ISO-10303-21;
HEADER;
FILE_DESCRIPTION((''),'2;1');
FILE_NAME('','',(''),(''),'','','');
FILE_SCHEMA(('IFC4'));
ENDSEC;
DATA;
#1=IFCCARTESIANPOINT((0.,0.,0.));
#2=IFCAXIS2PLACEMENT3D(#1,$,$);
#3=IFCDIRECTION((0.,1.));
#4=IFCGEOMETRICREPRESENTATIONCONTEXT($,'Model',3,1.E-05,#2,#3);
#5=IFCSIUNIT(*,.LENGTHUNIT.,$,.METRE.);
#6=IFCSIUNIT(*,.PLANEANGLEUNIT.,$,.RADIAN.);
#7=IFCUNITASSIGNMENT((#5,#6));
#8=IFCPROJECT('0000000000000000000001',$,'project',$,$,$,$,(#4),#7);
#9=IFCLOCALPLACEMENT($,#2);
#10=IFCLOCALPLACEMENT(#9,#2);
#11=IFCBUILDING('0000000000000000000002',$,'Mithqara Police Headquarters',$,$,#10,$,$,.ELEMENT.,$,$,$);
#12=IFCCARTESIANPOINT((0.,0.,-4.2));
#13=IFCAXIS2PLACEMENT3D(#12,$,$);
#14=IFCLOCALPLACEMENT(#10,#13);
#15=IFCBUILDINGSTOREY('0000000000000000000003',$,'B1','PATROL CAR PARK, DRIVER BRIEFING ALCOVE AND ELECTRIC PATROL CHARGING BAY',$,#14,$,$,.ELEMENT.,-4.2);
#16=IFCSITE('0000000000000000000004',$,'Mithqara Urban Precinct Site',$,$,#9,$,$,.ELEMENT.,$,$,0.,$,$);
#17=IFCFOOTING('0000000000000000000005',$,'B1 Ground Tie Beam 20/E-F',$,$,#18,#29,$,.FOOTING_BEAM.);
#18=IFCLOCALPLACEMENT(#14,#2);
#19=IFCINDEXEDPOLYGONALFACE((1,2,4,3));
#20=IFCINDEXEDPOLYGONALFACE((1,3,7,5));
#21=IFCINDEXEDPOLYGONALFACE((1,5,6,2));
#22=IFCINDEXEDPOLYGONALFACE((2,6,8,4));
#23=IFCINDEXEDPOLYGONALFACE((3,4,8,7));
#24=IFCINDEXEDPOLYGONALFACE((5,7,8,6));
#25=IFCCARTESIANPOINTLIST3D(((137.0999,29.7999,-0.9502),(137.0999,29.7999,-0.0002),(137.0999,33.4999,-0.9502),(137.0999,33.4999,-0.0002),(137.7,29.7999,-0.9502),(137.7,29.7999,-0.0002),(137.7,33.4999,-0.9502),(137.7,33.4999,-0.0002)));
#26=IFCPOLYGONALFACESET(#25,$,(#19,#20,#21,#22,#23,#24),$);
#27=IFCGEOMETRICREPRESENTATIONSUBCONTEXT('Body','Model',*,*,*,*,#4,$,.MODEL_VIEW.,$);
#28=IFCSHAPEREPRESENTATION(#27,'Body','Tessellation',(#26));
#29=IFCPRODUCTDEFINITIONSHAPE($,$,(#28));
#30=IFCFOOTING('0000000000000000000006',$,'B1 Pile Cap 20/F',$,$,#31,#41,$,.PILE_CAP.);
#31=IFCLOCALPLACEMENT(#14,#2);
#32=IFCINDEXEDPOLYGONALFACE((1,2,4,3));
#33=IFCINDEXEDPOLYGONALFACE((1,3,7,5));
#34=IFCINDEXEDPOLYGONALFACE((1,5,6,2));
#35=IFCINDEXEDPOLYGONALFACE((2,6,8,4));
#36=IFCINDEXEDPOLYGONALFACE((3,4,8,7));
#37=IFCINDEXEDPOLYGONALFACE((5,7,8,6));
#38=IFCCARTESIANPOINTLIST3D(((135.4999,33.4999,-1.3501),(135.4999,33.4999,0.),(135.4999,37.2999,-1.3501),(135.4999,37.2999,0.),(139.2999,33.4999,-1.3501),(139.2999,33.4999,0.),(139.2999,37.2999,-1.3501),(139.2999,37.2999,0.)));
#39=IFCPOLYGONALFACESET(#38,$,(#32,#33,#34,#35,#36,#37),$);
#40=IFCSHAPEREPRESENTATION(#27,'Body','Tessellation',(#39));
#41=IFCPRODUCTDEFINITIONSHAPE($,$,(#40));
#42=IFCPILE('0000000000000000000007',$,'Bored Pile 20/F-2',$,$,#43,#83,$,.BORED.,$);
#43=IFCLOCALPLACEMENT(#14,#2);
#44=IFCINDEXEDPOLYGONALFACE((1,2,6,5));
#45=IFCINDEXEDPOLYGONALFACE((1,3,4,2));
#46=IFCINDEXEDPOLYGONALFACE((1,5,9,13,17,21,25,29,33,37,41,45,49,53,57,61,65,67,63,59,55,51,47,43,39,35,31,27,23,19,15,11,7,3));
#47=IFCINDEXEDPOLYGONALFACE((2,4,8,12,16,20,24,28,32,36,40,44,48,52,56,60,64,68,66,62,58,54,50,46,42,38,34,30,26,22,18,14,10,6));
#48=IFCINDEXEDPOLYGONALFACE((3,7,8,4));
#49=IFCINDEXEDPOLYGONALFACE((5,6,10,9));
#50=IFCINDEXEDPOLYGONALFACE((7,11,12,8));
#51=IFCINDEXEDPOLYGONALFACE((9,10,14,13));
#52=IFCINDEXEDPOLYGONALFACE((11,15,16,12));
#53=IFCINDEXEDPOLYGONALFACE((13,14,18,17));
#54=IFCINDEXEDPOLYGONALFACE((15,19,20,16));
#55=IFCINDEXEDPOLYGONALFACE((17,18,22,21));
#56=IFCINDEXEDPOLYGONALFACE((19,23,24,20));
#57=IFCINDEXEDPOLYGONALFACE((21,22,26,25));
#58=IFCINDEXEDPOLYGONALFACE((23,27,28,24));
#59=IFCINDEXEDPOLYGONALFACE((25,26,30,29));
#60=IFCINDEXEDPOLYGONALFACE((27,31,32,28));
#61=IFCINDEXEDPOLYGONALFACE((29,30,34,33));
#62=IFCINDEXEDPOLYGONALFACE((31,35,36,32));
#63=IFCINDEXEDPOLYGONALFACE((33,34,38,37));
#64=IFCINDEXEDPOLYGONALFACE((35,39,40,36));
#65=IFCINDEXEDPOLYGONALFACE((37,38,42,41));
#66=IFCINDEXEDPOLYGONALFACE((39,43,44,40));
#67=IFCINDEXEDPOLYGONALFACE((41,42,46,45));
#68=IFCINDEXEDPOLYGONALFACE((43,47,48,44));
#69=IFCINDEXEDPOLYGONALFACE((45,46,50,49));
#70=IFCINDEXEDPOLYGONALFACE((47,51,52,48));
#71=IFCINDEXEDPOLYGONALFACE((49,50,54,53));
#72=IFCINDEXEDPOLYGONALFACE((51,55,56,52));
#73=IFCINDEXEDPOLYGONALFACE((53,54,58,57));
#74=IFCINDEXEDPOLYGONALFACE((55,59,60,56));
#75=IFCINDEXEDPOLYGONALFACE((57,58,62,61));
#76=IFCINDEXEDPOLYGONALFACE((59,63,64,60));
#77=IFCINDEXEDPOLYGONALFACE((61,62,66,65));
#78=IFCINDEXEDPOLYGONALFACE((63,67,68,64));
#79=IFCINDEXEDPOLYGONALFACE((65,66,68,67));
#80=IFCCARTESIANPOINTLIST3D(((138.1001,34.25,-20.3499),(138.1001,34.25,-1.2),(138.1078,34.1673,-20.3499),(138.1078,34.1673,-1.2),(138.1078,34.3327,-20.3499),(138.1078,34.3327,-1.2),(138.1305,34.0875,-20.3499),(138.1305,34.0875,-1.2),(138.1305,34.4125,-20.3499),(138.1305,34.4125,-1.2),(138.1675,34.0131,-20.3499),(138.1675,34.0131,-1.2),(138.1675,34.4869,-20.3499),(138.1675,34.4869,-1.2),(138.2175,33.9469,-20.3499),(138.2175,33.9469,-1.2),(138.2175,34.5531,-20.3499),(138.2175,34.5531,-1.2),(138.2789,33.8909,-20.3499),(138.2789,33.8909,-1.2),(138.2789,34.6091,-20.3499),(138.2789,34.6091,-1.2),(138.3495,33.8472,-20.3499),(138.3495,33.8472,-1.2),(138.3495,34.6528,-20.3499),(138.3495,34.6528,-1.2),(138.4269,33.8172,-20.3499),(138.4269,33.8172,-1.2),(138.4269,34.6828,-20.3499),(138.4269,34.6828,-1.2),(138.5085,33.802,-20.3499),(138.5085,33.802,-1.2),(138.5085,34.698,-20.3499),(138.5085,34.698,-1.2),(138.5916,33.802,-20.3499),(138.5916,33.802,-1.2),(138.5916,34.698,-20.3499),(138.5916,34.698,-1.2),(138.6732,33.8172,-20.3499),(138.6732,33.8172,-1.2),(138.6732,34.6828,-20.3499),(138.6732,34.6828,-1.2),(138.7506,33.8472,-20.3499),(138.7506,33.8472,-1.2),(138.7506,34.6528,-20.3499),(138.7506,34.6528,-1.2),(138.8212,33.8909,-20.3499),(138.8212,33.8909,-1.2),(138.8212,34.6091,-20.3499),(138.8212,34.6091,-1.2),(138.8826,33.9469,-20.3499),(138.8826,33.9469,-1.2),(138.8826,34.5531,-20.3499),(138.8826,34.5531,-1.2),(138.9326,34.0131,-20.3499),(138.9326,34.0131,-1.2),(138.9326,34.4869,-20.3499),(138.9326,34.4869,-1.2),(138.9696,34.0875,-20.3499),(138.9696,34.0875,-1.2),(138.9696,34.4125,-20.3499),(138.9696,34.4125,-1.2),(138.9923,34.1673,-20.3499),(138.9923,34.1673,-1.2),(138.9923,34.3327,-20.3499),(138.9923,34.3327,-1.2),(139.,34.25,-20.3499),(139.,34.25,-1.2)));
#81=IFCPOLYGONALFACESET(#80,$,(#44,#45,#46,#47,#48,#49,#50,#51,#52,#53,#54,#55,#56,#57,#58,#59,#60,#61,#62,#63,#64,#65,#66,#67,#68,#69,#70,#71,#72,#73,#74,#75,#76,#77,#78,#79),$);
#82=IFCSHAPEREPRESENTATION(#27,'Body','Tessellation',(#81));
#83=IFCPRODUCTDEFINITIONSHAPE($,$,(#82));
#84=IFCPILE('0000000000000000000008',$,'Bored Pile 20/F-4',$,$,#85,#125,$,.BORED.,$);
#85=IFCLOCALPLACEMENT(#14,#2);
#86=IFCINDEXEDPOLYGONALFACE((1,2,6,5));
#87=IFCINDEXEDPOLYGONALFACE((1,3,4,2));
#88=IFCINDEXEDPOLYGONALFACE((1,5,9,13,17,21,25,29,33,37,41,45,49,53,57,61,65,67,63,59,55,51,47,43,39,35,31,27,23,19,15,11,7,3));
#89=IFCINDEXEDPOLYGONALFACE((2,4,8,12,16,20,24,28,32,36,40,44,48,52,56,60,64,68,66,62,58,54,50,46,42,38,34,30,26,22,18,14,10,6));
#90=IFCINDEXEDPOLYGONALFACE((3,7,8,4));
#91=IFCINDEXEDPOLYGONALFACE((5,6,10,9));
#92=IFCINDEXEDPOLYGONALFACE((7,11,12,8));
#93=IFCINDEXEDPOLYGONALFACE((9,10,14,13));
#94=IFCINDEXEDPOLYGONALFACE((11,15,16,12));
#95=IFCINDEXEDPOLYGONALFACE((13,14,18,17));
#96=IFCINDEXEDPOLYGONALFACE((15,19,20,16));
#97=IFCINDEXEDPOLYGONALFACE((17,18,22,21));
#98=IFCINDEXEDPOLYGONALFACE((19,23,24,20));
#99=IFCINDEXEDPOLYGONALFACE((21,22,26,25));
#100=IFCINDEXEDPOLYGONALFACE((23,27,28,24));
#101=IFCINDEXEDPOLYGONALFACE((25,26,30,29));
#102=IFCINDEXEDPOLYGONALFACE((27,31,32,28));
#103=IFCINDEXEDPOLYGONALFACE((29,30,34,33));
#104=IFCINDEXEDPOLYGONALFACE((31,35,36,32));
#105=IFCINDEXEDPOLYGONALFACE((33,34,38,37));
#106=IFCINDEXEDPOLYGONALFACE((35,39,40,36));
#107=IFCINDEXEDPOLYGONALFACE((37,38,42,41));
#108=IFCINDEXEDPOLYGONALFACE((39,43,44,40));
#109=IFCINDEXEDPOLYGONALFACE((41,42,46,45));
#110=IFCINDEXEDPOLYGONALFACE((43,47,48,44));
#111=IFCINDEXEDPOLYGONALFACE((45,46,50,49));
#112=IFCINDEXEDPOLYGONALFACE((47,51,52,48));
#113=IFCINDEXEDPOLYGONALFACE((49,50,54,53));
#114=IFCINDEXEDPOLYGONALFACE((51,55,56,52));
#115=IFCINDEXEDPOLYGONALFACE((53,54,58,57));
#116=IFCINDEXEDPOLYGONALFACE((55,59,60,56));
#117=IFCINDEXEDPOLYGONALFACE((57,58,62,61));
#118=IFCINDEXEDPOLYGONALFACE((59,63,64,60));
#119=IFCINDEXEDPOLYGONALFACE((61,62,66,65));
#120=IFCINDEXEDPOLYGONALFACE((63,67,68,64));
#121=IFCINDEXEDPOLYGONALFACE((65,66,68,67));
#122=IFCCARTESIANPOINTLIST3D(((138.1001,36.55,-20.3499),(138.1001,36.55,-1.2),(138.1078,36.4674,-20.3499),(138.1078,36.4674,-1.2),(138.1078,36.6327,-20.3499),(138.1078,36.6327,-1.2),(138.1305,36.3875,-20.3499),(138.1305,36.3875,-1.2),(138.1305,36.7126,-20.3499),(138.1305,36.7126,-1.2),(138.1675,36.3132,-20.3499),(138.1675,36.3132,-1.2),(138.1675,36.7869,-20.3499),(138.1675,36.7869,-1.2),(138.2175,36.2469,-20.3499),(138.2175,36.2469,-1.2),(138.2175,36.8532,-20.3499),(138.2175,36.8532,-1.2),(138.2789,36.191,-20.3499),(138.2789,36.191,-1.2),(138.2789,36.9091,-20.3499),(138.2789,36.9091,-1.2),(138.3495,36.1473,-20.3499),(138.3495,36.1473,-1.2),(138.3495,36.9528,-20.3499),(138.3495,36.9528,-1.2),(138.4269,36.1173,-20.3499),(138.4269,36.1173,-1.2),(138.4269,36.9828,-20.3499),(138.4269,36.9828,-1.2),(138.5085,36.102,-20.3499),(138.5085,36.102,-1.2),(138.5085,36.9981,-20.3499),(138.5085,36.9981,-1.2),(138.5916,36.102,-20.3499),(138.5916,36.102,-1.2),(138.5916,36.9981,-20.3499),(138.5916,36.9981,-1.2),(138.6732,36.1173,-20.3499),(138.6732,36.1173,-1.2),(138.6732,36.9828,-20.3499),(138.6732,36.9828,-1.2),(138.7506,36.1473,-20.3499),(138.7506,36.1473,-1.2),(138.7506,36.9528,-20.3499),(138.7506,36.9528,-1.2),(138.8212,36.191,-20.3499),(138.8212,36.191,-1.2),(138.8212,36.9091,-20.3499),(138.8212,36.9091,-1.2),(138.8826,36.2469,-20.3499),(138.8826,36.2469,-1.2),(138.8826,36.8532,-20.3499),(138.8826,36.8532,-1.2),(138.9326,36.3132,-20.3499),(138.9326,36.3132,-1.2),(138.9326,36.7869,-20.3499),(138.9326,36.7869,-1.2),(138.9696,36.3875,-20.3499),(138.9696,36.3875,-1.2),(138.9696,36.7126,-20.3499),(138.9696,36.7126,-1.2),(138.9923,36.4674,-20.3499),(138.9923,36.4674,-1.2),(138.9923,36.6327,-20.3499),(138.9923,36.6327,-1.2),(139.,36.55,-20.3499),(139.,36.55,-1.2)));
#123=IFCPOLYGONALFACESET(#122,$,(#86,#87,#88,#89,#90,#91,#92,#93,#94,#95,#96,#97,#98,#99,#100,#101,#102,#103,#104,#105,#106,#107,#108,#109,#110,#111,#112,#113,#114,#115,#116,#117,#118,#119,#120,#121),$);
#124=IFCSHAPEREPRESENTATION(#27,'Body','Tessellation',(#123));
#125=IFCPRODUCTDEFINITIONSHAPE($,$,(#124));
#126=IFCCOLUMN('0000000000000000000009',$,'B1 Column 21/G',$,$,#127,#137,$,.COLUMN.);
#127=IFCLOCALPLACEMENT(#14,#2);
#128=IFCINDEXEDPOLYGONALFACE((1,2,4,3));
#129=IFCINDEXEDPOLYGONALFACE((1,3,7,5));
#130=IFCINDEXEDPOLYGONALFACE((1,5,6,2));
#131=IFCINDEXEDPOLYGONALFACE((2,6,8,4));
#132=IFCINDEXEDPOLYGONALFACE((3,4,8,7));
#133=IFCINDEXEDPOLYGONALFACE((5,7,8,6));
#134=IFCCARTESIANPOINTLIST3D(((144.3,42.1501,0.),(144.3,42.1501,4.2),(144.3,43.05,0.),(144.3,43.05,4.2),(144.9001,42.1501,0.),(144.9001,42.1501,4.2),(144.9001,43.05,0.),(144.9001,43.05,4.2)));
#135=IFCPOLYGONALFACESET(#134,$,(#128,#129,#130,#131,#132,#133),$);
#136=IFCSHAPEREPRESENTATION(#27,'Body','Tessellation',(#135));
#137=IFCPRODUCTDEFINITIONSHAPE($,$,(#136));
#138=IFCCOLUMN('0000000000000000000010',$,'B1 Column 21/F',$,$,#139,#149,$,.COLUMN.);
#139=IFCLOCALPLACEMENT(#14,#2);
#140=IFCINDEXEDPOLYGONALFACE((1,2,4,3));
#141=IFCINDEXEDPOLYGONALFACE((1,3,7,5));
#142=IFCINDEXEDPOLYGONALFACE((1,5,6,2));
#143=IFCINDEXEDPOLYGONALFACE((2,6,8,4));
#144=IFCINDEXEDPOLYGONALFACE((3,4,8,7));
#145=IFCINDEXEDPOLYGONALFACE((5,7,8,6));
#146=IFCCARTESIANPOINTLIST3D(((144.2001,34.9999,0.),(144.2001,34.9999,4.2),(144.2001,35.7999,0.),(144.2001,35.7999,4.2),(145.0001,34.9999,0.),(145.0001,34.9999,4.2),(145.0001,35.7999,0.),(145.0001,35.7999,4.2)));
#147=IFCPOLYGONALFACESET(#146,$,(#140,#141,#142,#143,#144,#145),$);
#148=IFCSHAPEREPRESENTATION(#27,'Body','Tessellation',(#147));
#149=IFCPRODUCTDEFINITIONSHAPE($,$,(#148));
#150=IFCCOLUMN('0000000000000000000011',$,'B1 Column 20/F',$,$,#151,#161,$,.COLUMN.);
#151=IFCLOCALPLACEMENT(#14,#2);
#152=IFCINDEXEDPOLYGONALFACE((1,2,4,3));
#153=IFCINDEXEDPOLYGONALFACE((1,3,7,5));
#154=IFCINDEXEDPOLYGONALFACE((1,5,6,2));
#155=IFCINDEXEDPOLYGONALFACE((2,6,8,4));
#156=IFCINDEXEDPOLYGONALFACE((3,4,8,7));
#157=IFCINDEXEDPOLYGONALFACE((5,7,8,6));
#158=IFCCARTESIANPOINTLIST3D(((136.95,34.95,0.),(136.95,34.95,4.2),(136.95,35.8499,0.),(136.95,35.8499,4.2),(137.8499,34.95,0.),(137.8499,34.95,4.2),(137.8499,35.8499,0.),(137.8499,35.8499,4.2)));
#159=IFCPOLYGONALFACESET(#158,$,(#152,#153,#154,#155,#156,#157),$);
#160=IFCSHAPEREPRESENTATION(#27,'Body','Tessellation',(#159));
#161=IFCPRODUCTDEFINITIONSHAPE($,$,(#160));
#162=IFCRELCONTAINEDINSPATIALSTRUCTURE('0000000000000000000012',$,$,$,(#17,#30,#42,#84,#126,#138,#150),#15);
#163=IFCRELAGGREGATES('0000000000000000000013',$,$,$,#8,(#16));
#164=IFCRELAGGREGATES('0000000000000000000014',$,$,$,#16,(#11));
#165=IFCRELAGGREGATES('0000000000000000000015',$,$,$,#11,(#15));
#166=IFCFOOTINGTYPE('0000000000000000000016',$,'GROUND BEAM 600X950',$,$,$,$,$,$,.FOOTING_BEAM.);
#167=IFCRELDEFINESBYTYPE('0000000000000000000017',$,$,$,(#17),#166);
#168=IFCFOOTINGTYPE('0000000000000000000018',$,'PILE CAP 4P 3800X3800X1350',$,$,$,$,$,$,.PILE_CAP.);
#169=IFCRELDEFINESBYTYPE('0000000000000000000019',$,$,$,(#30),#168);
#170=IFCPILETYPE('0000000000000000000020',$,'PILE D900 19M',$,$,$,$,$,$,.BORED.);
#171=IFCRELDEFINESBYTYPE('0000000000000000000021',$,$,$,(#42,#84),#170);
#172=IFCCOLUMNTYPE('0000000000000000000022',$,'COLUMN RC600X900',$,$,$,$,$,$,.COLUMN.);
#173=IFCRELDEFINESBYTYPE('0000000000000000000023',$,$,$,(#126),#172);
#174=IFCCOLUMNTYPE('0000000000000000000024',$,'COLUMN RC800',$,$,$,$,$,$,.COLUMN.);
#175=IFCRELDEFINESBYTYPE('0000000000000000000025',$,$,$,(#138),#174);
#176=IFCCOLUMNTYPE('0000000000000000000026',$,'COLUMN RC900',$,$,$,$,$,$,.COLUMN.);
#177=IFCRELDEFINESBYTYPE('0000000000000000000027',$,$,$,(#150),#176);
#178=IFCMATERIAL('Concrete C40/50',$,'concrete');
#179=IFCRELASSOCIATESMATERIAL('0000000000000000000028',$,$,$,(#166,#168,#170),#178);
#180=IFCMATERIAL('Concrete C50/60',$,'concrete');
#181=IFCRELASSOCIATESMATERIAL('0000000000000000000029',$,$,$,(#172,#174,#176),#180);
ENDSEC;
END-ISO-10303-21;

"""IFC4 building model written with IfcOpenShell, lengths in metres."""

from ifc_helpers import new_model, si_unit, direction, frame, origin, origin_2d, place, context, subcontext, project, spatial, rectangle, circle, extrude, material, material_profile, profile_set, type_object, element, save


model = new_model("IFC4")

# Units and contexts
model_context = context("Model", 3, precision=1e-05, world=origin(), true_north=direction((0.0, 1.0)))
body_context = subcontext(model_context, "Body", "Model", "MODEL_VIEW")
ifc_project = project(units=[si_unit("LENGTHUNIT", "METRE"), si_unit("PLANEANGLEUNIT", "RADIAN")], contexts=[model_context])

# Site, building, storey
site_placement = place(None, origin())
site = spatial("IfcSite", under=ifc_project, at=site_placement, Name="Mithqara Urban Precinct Site", CompositionType="ELEMENT", RefElevation=0.0)
building_placement = place(site_placement, origin())
building = spatial("IfcBuilding", under=site, at=building_placement, Name="Mithqara Police Headquarters", CompositionType="ELEMENT")
storey_placement = place(building_placement, frame((0.0, 0.0, -4.2)))
storey = spatial("IfcBuildingStorey", under=building, at=storey_placement, Name="B1", Description="PATROL CAR PARK, DRIVER BRIEFING ALCOVE AND ELECTRIC PATROL CHARGING BAY", CompositionType="ELEMENT", Elevation=-4.2)

# Footings
ifc_material_1 = material(Name="Concrete C40/50", Category="concrete")
footing_type_1 = type_object("IfcFootingType", Name="GROUND BEAM 600X950", PredefinedType="FOOTING_BEAM", material=ifc_material_1)
footing_1_placement = place(storey_placement, frame((137.3999, 31.6499, -0.9502), z_axis=(0.0, 0.0, 1.0), x_axis=(1.0, 0.0, 0.0)))
element("IfcFooting", 1, at=footing_1_placement, inside=storey, type_object=footing_type_1, Name="B1 Ground Tie Beam 20/E-F", PredefinedType="FOOTING_BEAM", context=body_context, shape_type="SweptSolid", body=[
    extrude(rectangle(XDim=0.6001, YDim=3.7, at=origin_2d()), origin(), (0.0, 0.0, 1.0), 0.95),
])
footing_type_2 = type_object("IfcFootingType", Name="PILE CAP 4P 3800X3800X1350", PredefinedType="PILE_CAP", material=ifc_material_1)
footing_2_placement = place(storey_placement, frame((137.3999, 35.3999, -1.3501), z_axis=(0.0, 0.0, 1.0), x_axis=(1.0, 0.0, 0.0)))
element("IfcFooting", 2, at=footing_2_placement, inside=storey, type_object=footing_type_2, Name="B1 Pile Cap 20/F", PredefinedType="PILE_CAP", context=body_context, shape_type="SweptSolid", body=[
    extrude(rectangle(XDim=3.8, YDim=3.8, at=origin_2d()), origin(), (0.0, 0.0, 1.0), 1.3501),
])

# Piles
ifc_material_profile_1 = material_profile(ifc_material_1, circle(Radius=0.45, at=origin_2d()), Name="PILE D900")
ifc_profile_set_1 = profile_set([ifc_material_profile_1], Name="Concrete C40/50")
pile_type = type_object("IfcPileType", Name="PILE D900 19M", PredefinedType="BORED", material=ifc_profile_set_1)
for number, where, z_axis, x_axis, name in (
    (3, (138.55, 34.25, -1.2), (0.0, 0.0, -1.0), (1.0, 0.0, 0.0), "Bored Pile 20/F-2"),
    (4, (138.55, 36.55, -1.2), (0.0, 0.0, -1.0), (1.0, 0.0, 0.0), "Bored Pile 20/F-4"),
):
    element("IfcPile", number, at=place(storey_placement, frame(where, z_axis=z_axis, x_axis=x_axis)), inside=storey, type_object=pile_type, Name=name, PredefinedType="BORED", context=body_context, shape_type="SweptSolid", body=[
        extrude(circle(Radius=0.45, at=origin_2d()), origin(), (0.0, 0.0, 1.0), 19.1499),
    ])

# Columns
ifc_material_2 = material(Name="Concrete C50/60", Category="concrete")
ifc_material_profile_2 = material_profile(ifc_material_2, rectangle(XDim=0.6001, YDim=0.8999, at=origin_2d()), Name="RC 600x900")
ifc_profile_set_2 = profile_set([ifc_material_profile_2], Name="Concrete C50/60")
column_type_1 = type_object("IfcColumnType", Name="COLUMN RC600X900", PredefinedType="COLUMN", material=ifc_profile_set_2)
column_1_placement = place(storey_placement, frame((144.6001, 42.6001, 0.0), z_axis=(0.0, 0.0, 1.0), x_axis=(1.0, 0.0, 0.0)))
element("IfcColumn", 5, at=column_1_placement, inside=storey, type_object=column_type_1, Name="B1 Column 21/G", PredefinedType="COLUMN", context=body_context, shape_type="SweptSolid", body=[
    extrude(rectangle(XDim=0.6001, YDim=0.8999, at=origin_2d()), origin(), (0.0, 0.0, 1.0), 4.2),
])
ifc_material_profile_3 = material_profile(ifc_material_2, rectangle(XDim=0.8, YDim=0.8, at=origin_2d()), Name="RC 800x800")
ifc_profile_set_3 = profile_set([ifc_material_profile_3], Name="Concrete C50/60")
column_type_2 = type_object("IfcColumnType", Name="COLUMN RC800", PredefinedType="COLUMN", material=ifc_profile_set_3)
column_2_placement = place(storey_placement, frame((144.6001, 35.3999, 0.0), z_axis=(0.0, 0.0, 1.0), x_axis=(1.0, 0.0, 0.0)))
element("IfcColumn", 6, at=column_2_placement, inside=storey, type_object=column_type_2, Name="B1 Column 21/F", PredefinedType="COLUMN", context=body_context, shape_type="SweptSolid", body=[
    extrude(rectangle(XDim=0.8, YDim=0.8, at=origin_2d()), origin(), (0.0, 0.0, 1.0), 4.2),
])
ifc_material_profile_4 = material_profile(ifc_material_2, rectangle(XDim=0.8999, YDim=0.8999, at=origin_2d()), Name="RC 900x900")
ifc_profile_set_4 = profile_set([ifc_material_profile_4], Name="Concrete C50/60")
column_type_3 = type_object("IfcColumnType", Name="COLUMN RC900", PredefinedType="COLUMN", material=ifc_profile_set_4)
column_3_placement = place(storey_placement, frame((137.3999, 35.3999, 0.0), z_axis=(0.0, 0.0, 1.0), x_axis=(1.0, 0.0, 0.0)))
element("IfcColumn", 7, at=column_3_placement, inside=storey, type_object=column_type_3, Name="B1 Column 20/F", PredefinedType="COLUMN", context=body_context, shape_type="SweptSolid", body=[
    extrude(rectangle(XDim=0.8999, YDim=0.8999, at=origin_2d()), origin(), (0.0, 0.0, 1.0), 4.2),
])

save(model, "model.ifc")
